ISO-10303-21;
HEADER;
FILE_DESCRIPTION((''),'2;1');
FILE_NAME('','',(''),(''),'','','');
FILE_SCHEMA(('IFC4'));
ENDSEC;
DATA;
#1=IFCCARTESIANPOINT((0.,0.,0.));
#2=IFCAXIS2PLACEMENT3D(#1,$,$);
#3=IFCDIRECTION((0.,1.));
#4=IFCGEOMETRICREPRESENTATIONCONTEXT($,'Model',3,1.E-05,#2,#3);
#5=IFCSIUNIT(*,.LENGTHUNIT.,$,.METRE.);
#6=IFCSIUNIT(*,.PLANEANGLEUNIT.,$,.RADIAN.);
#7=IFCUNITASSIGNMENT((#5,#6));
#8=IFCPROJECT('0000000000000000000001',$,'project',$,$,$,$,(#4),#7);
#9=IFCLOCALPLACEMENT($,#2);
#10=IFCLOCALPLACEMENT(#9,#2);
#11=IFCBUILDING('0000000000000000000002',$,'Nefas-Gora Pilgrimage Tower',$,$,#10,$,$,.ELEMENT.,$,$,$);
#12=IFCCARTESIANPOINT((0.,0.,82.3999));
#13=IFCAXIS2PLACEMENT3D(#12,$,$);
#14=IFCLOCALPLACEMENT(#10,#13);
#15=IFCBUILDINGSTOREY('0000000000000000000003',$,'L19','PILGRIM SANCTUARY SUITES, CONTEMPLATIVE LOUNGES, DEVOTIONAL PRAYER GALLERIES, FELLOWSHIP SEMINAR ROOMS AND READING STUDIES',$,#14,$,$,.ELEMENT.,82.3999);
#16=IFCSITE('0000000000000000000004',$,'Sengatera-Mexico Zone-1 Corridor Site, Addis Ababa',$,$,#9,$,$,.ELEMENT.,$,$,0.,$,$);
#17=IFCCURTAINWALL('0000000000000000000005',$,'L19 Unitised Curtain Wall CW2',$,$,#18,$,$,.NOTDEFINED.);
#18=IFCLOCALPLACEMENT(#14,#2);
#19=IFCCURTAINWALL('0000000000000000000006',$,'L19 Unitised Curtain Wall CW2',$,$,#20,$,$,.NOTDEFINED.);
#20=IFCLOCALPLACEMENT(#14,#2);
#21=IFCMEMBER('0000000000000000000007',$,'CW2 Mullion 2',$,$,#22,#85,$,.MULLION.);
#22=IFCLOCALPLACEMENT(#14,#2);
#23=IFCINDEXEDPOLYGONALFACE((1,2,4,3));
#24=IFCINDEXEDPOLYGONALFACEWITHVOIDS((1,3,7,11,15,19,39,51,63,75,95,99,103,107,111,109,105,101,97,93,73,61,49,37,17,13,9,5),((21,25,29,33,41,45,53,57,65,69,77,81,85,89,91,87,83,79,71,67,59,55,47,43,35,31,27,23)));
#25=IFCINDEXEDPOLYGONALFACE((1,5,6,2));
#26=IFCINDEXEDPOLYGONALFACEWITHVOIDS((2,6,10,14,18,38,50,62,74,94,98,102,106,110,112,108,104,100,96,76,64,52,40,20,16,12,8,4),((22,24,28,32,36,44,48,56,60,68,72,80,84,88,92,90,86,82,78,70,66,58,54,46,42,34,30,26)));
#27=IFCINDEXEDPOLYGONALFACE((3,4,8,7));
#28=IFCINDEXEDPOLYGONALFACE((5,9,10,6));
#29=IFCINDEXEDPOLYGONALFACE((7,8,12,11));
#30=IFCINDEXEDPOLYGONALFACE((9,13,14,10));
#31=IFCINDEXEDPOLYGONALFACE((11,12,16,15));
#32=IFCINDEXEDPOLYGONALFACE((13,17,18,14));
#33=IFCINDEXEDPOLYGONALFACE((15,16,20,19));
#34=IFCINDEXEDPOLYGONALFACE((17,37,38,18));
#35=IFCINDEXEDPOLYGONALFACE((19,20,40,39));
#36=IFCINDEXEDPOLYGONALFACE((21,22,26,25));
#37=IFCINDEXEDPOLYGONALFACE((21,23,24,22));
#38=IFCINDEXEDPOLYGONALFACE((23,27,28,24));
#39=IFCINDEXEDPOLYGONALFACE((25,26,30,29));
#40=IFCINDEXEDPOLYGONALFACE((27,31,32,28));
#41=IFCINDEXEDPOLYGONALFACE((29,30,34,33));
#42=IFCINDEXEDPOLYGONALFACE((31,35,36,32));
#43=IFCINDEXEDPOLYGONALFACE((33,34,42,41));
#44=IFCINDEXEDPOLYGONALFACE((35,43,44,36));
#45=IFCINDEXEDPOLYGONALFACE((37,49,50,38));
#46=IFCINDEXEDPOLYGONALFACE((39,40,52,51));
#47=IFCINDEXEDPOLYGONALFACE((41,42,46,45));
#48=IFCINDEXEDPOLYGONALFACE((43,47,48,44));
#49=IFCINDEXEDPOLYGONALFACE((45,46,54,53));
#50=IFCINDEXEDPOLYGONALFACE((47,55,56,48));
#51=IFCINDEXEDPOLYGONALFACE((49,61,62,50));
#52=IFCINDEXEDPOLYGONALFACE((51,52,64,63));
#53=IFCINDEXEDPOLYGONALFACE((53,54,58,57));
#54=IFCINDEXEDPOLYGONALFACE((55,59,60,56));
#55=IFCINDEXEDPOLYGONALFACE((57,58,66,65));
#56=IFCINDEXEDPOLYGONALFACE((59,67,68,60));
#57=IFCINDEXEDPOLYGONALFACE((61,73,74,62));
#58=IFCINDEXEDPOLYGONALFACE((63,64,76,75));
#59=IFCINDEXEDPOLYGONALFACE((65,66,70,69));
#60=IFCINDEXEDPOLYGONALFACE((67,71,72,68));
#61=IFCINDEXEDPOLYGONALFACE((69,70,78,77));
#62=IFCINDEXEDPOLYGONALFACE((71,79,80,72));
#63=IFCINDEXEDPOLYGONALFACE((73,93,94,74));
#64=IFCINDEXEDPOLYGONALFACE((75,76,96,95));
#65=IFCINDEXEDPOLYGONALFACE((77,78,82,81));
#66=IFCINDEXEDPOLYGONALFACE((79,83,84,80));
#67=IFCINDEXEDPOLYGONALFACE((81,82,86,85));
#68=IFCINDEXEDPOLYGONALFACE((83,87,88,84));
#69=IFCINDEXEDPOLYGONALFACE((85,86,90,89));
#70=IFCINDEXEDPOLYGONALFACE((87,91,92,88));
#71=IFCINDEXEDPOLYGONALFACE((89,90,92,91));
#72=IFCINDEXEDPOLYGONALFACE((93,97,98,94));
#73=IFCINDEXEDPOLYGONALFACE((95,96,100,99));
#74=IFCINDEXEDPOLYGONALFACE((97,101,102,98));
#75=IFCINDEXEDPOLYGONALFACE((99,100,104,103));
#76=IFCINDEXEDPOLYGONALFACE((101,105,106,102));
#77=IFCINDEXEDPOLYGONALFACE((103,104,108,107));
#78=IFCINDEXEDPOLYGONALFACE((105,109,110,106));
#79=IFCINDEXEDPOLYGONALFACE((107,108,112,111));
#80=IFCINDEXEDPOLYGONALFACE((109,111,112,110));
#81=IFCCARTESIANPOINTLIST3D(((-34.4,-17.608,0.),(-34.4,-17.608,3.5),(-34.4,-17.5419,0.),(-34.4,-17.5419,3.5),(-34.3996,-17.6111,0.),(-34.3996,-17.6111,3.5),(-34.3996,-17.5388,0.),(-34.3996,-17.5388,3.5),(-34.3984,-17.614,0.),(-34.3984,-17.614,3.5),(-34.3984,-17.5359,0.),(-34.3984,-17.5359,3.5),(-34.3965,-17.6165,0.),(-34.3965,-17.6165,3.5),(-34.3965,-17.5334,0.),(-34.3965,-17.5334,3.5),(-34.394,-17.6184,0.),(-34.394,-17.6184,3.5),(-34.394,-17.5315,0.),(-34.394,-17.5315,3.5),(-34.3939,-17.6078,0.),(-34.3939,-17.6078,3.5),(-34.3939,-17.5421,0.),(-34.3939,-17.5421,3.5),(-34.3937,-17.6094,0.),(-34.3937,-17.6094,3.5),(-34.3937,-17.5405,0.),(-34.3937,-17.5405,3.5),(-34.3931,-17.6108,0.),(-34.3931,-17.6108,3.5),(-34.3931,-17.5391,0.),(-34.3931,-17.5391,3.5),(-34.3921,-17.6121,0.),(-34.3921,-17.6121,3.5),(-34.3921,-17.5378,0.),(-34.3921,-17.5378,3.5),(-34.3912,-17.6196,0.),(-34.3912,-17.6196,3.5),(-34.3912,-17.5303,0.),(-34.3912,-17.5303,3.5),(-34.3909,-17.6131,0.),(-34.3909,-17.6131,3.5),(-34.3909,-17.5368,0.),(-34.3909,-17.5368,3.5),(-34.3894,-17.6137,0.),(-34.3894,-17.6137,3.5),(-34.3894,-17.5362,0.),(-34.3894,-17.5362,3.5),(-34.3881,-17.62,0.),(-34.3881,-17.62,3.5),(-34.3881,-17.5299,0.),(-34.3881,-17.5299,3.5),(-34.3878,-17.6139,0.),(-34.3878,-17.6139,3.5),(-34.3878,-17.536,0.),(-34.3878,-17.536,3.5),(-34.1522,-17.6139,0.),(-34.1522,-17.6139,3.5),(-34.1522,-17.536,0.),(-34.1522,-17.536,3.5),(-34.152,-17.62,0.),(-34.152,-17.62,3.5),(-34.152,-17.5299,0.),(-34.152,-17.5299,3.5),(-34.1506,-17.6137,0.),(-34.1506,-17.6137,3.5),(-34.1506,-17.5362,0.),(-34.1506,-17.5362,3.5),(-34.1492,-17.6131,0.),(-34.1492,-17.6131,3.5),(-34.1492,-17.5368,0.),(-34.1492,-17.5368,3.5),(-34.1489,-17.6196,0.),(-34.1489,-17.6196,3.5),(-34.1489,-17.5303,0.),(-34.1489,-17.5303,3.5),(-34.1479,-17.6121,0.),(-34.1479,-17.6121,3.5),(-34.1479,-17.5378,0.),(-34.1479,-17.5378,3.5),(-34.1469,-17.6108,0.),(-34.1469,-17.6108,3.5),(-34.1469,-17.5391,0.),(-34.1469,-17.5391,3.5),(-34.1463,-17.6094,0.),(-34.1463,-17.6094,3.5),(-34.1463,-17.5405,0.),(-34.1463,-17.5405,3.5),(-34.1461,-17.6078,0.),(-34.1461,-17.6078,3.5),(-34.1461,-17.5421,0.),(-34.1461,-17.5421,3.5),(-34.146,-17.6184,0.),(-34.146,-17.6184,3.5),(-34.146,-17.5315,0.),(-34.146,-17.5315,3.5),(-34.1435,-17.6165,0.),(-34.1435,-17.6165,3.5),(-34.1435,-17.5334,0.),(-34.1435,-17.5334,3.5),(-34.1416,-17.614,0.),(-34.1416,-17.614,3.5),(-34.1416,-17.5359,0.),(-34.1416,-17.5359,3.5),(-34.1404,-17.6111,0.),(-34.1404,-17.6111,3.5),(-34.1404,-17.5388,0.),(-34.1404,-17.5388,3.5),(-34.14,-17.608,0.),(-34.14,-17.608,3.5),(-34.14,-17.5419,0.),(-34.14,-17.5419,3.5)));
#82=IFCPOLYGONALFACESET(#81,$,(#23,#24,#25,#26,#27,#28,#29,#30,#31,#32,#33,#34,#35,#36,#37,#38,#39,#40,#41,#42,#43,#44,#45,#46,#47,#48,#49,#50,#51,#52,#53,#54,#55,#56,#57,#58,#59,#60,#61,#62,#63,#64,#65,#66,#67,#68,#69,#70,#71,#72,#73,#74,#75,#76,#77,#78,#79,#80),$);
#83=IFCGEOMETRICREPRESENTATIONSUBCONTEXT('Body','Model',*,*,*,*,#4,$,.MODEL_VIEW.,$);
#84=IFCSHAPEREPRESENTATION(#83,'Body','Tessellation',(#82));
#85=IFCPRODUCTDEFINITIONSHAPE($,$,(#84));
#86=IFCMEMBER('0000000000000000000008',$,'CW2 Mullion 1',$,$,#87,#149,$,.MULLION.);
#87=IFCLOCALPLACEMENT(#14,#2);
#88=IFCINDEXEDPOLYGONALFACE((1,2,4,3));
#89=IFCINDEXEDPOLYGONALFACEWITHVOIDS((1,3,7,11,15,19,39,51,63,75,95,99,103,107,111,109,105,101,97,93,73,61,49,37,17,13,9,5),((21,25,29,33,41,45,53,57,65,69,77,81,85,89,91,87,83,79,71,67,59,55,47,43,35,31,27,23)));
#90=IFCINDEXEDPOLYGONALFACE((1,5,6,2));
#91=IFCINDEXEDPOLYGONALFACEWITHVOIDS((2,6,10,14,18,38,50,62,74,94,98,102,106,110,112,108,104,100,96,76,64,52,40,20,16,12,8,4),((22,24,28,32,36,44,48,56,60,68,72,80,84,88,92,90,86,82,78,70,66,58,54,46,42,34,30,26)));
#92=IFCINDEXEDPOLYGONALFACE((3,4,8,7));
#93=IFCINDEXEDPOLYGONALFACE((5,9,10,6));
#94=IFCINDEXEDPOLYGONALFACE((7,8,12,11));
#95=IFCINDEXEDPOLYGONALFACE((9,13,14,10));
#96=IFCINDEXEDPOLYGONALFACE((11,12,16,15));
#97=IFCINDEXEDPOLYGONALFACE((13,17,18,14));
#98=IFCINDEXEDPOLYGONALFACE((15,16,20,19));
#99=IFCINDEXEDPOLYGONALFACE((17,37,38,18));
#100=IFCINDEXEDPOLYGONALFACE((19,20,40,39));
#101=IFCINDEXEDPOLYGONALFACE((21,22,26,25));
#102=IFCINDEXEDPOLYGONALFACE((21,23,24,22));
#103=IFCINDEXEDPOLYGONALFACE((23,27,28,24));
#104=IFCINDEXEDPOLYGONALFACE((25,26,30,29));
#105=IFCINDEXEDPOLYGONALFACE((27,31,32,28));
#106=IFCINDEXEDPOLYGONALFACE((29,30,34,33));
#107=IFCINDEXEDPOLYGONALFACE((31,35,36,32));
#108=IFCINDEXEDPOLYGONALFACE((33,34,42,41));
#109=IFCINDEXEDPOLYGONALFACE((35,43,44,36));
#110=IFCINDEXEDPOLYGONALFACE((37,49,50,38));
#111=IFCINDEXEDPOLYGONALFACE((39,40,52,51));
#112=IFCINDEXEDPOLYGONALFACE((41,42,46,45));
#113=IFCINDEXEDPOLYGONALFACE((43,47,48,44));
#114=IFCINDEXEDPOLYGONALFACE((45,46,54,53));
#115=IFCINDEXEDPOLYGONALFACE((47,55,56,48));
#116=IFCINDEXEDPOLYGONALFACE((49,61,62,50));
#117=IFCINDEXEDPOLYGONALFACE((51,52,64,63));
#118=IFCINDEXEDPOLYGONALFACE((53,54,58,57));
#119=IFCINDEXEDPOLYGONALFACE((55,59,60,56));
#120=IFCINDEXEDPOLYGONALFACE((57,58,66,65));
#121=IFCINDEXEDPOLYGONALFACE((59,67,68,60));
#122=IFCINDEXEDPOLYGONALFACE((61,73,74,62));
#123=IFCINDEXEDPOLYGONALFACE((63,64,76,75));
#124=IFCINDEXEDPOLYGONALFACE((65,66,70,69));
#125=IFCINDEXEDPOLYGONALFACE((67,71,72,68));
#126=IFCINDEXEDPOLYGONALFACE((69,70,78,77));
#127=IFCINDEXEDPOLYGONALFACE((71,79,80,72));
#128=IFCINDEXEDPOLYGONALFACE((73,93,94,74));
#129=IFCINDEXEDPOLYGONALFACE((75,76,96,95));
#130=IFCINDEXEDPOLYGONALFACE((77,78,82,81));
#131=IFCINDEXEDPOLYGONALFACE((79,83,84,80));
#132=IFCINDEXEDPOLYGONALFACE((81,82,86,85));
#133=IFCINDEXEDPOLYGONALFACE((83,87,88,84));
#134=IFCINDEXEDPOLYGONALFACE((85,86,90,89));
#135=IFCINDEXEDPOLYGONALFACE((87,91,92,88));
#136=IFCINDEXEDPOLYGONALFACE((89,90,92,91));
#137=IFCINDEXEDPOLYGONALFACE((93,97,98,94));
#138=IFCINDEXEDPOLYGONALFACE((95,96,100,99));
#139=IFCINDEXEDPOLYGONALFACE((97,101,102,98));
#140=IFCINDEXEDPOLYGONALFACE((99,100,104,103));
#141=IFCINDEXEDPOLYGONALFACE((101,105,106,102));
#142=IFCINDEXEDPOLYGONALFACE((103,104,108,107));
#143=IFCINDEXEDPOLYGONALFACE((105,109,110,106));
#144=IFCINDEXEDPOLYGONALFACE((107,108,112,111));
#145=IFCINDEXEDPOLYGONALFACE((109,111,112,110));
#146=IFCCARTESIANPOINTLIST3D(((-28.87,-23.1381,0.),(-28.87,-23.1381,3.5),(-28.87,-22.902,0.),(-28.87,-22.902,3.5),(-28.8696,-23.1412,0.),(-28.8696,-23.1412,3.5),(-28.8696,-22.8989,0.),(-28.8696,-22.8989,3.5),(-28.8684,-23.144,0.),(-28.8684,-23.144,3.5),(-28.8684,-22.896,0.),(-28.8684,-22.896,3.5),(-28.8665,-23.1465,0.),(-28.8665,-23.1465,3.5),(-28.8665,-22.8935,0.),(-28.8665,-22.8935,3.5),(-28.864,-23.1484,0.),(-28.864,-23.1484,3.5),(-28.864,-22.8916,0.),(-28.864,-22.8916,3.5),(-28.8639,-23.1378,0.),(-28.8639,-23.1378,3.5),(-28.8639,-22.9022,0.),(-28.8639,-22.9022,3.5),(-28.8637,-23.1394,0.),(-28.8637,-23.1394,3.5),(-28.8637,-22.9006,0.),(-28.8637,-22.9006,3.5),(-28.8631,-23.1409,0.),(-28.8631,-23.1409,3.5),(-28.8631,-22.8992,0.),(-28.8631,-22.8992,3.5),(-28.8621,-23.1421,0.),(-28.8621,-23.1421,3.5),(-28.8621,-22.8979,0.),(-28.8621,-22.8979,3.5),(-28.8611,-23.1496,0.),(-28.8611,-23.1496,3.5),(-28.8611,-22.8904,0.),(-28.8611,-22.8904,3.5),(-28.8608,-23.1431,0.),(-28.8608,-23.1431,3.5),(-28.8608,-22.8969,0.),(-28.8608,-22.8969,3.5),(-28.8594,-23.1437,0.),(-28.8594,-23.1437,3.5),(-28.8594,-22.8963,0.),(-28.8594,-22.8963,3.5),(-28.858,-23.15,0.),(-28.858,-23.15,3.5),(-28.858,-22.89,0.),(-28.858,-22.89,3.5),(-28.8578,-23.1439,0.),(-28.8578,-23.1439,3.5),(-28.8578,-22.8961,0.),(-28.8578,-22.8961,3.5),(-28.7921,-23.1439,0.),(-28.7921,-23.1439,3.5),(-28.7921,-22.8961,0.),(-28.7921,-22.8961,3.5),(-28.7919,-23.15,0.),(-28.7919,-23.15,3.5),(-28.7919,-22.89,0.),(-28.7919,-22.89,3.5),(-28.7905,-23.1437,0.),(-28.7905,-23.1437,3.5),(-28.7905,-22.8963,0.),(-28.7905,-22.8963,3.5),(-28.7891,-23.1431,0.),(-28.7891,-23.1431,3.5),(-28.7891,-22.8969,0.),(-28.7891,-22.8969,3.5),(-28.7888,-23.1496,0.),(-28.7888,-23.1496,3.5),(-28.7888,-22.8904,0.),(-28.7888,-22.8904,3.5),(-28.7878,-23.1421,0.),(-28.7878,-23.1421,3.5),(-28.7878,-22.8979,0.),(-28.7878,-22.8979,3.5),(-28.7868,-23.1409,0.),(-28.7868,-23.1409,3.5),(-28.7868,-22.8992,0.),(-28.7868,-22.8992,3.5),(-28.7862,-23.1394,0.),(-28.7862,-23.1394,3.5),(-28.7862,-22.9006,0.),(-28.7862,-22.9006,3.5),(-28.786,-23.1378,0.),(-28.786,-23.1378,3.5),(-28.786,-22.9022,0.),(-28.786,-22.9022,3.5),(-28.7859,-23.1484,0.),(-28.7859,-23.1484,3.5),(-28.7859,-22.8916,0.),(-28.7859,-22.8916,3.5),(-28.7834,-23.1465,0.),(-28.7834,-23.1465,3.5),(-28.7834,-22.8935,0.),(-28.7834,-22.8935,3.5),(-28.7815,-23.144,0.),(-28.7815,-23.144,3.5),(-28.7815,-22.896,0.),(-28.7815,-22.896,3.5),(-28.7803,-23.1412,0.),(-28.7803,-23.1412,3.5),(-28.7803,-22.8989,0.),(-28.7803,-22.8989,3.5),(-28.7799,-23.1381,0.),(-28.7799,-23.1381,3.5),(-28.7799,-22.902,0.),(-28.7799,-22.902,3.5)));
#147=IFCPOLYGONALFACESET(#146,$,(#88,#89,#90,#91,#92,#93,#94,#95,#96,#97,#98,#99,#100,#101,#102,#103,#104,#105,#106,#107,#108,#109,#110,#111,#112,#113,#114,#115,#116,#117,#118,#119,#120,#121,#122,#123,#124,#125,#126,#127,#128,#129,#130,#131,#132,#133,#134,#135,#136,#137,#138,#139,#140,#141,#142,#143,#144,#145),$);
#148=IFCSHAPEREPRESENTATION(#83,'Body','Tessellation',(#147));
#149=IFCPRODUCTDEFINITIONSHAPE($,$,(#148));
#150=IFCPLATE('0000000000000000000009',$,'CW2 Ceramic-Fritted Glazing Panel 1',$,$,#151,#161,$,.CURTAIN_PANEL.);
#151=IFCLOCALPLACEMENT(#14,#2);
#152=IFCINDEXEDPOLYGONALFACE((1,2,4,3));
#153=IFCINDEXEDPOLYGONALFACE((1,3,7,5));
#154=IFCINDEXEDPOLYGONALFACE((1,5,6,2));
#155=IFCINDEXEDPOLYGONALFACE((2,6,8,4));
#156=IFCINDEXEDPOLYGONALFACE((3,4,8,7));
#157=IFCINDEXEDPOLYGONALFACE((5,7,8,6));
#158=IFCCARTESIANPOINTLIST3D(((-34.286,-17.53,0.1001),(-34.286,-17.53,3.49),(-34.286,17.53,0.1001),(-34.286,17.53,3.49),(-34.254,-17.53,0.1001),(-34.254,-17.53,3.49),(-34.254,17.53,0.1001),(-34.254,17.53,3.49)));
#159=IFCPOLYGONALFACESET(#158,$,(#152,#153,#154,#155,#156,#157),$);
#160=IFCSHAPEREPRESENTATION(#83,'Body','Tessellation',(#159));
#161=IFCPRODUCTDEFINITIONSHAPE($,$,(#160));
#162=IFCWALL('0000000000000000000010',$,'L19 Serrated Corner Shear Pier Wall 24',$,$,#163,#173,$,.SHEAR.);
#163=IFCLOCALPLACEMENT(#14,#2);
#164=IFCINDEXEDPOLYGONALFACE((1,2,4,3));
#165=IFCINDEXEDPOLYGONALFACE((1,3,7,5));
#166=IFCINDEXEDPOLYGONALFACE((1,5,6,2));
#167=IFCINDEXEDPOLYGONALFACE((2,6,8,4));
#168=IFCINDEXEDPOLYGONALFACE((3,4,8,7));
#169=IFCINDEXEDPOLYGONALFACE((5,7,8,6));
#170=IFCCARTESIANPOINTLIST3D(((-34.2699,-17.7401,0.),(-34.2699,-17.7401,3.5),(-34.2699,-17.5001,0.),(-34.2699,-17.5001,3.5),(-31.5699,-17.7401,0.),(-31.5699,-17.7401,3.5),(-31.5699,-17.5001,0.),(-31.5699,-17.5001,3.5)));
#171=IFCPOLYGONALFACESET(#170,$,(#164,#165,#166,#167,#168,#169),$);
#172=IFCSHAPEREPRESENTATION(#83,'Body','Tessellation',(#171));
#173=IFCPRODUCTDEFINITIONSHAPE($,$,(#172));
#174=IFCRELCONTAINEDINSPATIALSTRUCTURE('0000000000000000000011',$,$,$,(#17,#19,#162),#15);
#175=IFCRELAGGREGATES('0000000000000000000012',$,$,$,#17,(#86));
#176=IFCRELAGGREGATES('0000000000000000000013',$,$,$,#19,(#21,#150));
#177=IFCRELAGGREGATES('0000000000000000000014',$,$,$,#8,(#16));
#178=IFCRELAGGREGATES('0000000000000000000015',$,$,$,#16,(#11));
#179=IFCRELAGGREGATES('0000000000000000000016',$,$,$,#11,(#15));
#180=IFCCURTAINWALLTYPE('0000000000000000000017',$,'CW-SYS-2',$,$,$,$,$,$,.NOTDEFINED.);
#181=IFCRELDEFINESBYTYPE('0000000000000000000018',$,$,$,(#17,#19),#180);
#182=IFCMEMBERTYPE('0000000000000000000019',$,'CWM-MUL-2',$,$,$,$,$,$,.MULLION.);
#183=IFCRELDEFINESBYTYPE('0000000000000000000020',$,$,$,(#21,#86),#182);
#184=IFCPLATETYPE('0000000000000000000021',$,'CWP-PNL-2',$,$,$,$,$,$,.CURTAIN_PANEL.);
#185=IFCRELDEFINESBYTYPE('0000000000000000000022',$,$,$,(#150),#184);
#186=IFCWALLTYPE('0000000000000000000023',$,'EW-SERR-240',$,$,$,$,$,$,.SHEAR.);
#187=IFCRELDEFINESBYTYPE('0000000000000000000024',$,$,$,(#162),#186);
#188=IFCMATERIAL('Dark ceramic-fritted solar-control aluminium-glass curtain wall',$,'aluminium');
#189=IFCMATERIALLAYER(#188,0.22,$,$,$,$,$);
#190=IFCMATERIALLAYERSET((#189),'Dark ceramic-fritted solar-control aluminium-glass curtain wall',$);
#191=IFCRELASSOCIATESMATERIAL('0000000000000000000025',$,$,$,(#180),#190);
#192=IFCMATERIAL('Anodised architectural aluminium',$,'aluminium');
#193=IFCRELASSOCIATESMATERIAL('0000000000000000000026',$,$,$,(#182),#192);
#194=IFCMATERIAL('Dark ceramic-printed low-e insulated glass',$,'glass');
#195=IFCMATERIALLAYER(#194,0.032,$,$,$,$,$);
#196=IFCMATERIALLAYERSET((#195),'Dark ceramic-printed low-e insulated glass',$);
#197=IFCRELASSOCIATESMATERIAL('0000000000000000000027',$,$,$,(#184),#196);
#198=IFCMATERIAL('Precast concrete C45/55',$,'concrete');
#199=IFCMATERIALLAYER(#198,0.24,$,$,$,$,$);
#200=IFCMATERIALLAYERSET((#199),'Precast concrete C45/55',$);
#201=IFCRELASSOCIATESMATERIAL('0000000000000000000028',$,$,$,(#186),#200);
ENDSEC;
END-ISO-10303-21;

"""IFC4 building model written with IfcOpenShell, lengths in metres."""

from ifc_helpers import new_model, si_unit, direction, frame, frame_2d, origin, origin_2d, place, context, subcontext, project, spatial, rectangle, hollow_rectangle, extrude, source, transform, mapped, material, layer, layer_set, material_profile, profile_set, type_object, element, aggregate, save


model = new_model("IFC4")

# Units and contexts
model_context = context("Model", 3, precision=1e-05, world=origin(), true_north=direction((0.0, 1.0)))
body_context = subcontext(model_context, "Body", "Model", "MODEL_VIEW")
ifc_project = project(units=[si_unit("LENGTHUNIT", "METRE"), si_unit("PLANEANGLEUNIT", "RADIAN")], contexts=[model_context])

# Site, building, storey
site_placement = place(None, origin())
site = spatial("IfcSite", under=ifc_project, at=site_placement, Name="Sengatera-Mexico Zone-1 Corridor Site, Addis Ababa", CompositionType="ELEMENT", RefElevation=0.0)
building_placement = place(site_placement, origin())
building = spatial("IfcBuilding", under=site, at=building_placement, Name="Nefas-Gora Pilgrimage Tower", CompositionType="ELEMENT")
storey_placement = place(building_placement, frame((0.0, 0.0, 82.3999)))
storey = spatial("IfcBuildingStorey", under=building, at=storey_placement, Name="L19", Description="PILGRIM SANCTUARY SUITES, CONTEMPLATIVE LOUNGES, DEVOTIONAL PRAYER GALLERIES, FELLOWSHIP SEMINAR ROOMS AND READING STUDIES", CompositionType="ELEMENT", Elevation=82.3999)

# Curtain walls, member
ifc_material_1 = material(Name="Dark ceramic-fritted solar-control aluminium-glass curtain wall", Category="aluminium")
ifc_layer_1 = layer(ifc_material_1, 0.22)
ifc_layer_set_1 = layer_set([ifc_layer_1], Name="Dark ceramic-fritted solar-control aluminium-glass curtain wall")
curtain_wall_type = type_object("IfcCurtainWallType", Name="CW-SYS-2", PredefinedType="NOTDEFINED", material=ifc_layer_set_1)
curtain_wall_1_placement = place(storey_placement, origin())
curtain_wall_1 = element("IfcCurtainWall", 1, at=curtain_wall_1_placement, inside=storey, type_object=curtain_wall_type, Name="L19 Unitised Curtain Wall CW2", PredefinedType="NOTDEFINED")
ifc_material_2 = material(Name="Anodised architectural aluminium", Category="aluminium")
curtain_wall_2_placement = place(storey_placement, origin())
curtain_wall_2 = element("IfcCurtainWall", 2, at=curtain_wall_2_placement, inside=storey, type_object=curtain_wall_type, Name="L19 Unitised Curtain Wall CW2", PredefinedType="NOTDEFINED")
ifc_material_profile_1 = material_profile(ifc_material_2, hollow_rectangle(XDim=0.0901, YDim=0.26, WallThickness=0.0061, InnerFilletRadius=0.0061, OuterFilletRadius=0.012, at=origin_2d()), Name="ALU MULLION 90x260")
ifc_profile_set_1 = profile_set([ifc_material_profile_1], Name="Anodised architectural aluminium")
member_type_1 = type_object("IfcMemberType", Name="CWM-MUL-2", PredefinedType="MULLION", material=ifc_profile_set_1)
shared_shape_1 = source(origin(), body_context, "Body", "SweptSolid", [
    extrude(hollow_rectangle(XDim=0.0901, YDim=0.26, WallThickness=0.0061, InnerFilletRadius=0.0061, OuterFilletRadius=0.012, at=origin_2d()), origin(), (0.0, 0.0, 1.0), 3.5),
])
member_1_placement = place(storey_placement, frame((-34.27, -17.575, 0.0), z_axis=(0.0, 0.0, 1.0), x_axis=(0.0, -1.0, 0.0)))
member_1 = element("IfcMember", 3, at=member_1_placement, type_object=member_type_1, Name="CW2 Mullion 2", PredefinedType="MULLION", context=body_context, shape_type="MappedRepresentation", body=[
    mapped(shared_shape_1, transform((0.0, 0.0, 0.0), x_axis=(1.0, 0.0, 0.0), y_axis=(0.0, 1.0, 0.0), z_axis=(0.0, 0.0, 1.0), scale=1.0)),
])

# Member
member_2_placement = place(storey_placement, frame((-28.825, -23.02, 0.0), z_axis=(0.0, 0.0, 1.0), x_axis=(1.0, 0.0, 0.0)))
member_2 = element("IfcMember", 4, at=member_2_placement, type_object=member_type_1, Name="CW2 Mullion 1", PredefinedType="MULLION", context=body_context, shape_type="MappedRepresentation", body=[
    mapped(shared_shape_1, transform((0.0, 0.0, 0.0), x_axis=(1.0, 0.0, 0.0), y_axis=(0.0, 1.0, 0.0), z_axis=(0.0, 0.0, 1.0), scale=1.0)),
])
aggregate(curtain_wall_1, [member_2])

# Plate
ifc_material_3 = material(Name="Dark ceramic-printed low-e insulated glass", Category="glass")
ifc_layer_2 = layer(ifc_material_3, 0.032)
ifc_layer_set_2 = layer_set([ifc_layer_2], Name="Dark ceramic-printed low-e insulated glass")
plate_type = type_object("IfcPlateType", Name="CWP-PNL-2", PredefinedType="CURTAIN_PANEL", material=ifc_layer_set_2)
shared_shape_2 = source(origin(), body_context, "Body", "SweptSolid", [
    extrude(rectangle(XDim=35.0601, YDim=0.032, at=origin_2d()), origin(), (0.0, 0.0, 1.0), 3.3899),
])
plate_placement = place(storey_placement, frame((-34.27, 0.0, 0.1001), z_axis=(0.0, 0.0, 1.0), x_axis=(0.0, -1.0, 0.0)))
plate = element("IfcPlate", 5, at=plate_placement, type_object=plate_type, Name="CW2 Ceramic-Fritted Glazing Panel 1", PredefinedType="CURTAIN_PANEL", context=body_context, shape_type="MappedRepresentation", body=[
    mapped(shared_shape_2, transform((0.0, 0.0, 0.0), x_axis=(1.0, 0.0, 0.0), y_axis=(0.0, 1.0, 0.0), z_axis=(0.0, 0.0, 1.0), scale=1.0)),
])
aggregate(curtain_wall_2, [member_1, plate])

# Wall
ifc_material_4 = material(Name="Precast concrete C45/55", Category="concrete")
ifc_layer_3 = layer(ifc_material_4, 0.24)
ifc_layer_set_3 = layer_set([ifc_layer_3], Name="Precast concrete C45/55")
wall_type_1 = type_object("IfcWallType", Name="EW-SERR-240", PredefinedType="SHEAR", material=ifc_layer_set_3)
shared_shape_3 = source(origin(), body_context, "Body", "SweptSolid", [
    extrude(rectangle(XDim=2.7, YDim=0.24, at=frame_2d((1.3501, 0.0))), origin(), (0.0, 0.0, 1.0), 3.5),
])
wall_1_placement = place(storey_placement, frame((-34.27, -17.6201, 0.0), z_axis=(0.0, 0.0, 1.0), x_axis=(1.0, 0.0, 0.0)))
element("IfcWall", 6, at=wall_1_placement, inside=storey, type_object=wall_type_1, Name="L19 Serrated Corner Shear Pier Wall 24", PredefinedType="SHEAR", context=body_context, shape_type="MappedRepresentation", body=[
    mapped(shared_shape_3, transform((0.0, 0.0, 0.0), x_axis=(1.0, 0.0, 0.0), y_axis=(0.0, 1.0, 0.0), z_axis=(0.0, 0.0, 1.0), scale=1.0)),
])

save(model, "model.ifc")
